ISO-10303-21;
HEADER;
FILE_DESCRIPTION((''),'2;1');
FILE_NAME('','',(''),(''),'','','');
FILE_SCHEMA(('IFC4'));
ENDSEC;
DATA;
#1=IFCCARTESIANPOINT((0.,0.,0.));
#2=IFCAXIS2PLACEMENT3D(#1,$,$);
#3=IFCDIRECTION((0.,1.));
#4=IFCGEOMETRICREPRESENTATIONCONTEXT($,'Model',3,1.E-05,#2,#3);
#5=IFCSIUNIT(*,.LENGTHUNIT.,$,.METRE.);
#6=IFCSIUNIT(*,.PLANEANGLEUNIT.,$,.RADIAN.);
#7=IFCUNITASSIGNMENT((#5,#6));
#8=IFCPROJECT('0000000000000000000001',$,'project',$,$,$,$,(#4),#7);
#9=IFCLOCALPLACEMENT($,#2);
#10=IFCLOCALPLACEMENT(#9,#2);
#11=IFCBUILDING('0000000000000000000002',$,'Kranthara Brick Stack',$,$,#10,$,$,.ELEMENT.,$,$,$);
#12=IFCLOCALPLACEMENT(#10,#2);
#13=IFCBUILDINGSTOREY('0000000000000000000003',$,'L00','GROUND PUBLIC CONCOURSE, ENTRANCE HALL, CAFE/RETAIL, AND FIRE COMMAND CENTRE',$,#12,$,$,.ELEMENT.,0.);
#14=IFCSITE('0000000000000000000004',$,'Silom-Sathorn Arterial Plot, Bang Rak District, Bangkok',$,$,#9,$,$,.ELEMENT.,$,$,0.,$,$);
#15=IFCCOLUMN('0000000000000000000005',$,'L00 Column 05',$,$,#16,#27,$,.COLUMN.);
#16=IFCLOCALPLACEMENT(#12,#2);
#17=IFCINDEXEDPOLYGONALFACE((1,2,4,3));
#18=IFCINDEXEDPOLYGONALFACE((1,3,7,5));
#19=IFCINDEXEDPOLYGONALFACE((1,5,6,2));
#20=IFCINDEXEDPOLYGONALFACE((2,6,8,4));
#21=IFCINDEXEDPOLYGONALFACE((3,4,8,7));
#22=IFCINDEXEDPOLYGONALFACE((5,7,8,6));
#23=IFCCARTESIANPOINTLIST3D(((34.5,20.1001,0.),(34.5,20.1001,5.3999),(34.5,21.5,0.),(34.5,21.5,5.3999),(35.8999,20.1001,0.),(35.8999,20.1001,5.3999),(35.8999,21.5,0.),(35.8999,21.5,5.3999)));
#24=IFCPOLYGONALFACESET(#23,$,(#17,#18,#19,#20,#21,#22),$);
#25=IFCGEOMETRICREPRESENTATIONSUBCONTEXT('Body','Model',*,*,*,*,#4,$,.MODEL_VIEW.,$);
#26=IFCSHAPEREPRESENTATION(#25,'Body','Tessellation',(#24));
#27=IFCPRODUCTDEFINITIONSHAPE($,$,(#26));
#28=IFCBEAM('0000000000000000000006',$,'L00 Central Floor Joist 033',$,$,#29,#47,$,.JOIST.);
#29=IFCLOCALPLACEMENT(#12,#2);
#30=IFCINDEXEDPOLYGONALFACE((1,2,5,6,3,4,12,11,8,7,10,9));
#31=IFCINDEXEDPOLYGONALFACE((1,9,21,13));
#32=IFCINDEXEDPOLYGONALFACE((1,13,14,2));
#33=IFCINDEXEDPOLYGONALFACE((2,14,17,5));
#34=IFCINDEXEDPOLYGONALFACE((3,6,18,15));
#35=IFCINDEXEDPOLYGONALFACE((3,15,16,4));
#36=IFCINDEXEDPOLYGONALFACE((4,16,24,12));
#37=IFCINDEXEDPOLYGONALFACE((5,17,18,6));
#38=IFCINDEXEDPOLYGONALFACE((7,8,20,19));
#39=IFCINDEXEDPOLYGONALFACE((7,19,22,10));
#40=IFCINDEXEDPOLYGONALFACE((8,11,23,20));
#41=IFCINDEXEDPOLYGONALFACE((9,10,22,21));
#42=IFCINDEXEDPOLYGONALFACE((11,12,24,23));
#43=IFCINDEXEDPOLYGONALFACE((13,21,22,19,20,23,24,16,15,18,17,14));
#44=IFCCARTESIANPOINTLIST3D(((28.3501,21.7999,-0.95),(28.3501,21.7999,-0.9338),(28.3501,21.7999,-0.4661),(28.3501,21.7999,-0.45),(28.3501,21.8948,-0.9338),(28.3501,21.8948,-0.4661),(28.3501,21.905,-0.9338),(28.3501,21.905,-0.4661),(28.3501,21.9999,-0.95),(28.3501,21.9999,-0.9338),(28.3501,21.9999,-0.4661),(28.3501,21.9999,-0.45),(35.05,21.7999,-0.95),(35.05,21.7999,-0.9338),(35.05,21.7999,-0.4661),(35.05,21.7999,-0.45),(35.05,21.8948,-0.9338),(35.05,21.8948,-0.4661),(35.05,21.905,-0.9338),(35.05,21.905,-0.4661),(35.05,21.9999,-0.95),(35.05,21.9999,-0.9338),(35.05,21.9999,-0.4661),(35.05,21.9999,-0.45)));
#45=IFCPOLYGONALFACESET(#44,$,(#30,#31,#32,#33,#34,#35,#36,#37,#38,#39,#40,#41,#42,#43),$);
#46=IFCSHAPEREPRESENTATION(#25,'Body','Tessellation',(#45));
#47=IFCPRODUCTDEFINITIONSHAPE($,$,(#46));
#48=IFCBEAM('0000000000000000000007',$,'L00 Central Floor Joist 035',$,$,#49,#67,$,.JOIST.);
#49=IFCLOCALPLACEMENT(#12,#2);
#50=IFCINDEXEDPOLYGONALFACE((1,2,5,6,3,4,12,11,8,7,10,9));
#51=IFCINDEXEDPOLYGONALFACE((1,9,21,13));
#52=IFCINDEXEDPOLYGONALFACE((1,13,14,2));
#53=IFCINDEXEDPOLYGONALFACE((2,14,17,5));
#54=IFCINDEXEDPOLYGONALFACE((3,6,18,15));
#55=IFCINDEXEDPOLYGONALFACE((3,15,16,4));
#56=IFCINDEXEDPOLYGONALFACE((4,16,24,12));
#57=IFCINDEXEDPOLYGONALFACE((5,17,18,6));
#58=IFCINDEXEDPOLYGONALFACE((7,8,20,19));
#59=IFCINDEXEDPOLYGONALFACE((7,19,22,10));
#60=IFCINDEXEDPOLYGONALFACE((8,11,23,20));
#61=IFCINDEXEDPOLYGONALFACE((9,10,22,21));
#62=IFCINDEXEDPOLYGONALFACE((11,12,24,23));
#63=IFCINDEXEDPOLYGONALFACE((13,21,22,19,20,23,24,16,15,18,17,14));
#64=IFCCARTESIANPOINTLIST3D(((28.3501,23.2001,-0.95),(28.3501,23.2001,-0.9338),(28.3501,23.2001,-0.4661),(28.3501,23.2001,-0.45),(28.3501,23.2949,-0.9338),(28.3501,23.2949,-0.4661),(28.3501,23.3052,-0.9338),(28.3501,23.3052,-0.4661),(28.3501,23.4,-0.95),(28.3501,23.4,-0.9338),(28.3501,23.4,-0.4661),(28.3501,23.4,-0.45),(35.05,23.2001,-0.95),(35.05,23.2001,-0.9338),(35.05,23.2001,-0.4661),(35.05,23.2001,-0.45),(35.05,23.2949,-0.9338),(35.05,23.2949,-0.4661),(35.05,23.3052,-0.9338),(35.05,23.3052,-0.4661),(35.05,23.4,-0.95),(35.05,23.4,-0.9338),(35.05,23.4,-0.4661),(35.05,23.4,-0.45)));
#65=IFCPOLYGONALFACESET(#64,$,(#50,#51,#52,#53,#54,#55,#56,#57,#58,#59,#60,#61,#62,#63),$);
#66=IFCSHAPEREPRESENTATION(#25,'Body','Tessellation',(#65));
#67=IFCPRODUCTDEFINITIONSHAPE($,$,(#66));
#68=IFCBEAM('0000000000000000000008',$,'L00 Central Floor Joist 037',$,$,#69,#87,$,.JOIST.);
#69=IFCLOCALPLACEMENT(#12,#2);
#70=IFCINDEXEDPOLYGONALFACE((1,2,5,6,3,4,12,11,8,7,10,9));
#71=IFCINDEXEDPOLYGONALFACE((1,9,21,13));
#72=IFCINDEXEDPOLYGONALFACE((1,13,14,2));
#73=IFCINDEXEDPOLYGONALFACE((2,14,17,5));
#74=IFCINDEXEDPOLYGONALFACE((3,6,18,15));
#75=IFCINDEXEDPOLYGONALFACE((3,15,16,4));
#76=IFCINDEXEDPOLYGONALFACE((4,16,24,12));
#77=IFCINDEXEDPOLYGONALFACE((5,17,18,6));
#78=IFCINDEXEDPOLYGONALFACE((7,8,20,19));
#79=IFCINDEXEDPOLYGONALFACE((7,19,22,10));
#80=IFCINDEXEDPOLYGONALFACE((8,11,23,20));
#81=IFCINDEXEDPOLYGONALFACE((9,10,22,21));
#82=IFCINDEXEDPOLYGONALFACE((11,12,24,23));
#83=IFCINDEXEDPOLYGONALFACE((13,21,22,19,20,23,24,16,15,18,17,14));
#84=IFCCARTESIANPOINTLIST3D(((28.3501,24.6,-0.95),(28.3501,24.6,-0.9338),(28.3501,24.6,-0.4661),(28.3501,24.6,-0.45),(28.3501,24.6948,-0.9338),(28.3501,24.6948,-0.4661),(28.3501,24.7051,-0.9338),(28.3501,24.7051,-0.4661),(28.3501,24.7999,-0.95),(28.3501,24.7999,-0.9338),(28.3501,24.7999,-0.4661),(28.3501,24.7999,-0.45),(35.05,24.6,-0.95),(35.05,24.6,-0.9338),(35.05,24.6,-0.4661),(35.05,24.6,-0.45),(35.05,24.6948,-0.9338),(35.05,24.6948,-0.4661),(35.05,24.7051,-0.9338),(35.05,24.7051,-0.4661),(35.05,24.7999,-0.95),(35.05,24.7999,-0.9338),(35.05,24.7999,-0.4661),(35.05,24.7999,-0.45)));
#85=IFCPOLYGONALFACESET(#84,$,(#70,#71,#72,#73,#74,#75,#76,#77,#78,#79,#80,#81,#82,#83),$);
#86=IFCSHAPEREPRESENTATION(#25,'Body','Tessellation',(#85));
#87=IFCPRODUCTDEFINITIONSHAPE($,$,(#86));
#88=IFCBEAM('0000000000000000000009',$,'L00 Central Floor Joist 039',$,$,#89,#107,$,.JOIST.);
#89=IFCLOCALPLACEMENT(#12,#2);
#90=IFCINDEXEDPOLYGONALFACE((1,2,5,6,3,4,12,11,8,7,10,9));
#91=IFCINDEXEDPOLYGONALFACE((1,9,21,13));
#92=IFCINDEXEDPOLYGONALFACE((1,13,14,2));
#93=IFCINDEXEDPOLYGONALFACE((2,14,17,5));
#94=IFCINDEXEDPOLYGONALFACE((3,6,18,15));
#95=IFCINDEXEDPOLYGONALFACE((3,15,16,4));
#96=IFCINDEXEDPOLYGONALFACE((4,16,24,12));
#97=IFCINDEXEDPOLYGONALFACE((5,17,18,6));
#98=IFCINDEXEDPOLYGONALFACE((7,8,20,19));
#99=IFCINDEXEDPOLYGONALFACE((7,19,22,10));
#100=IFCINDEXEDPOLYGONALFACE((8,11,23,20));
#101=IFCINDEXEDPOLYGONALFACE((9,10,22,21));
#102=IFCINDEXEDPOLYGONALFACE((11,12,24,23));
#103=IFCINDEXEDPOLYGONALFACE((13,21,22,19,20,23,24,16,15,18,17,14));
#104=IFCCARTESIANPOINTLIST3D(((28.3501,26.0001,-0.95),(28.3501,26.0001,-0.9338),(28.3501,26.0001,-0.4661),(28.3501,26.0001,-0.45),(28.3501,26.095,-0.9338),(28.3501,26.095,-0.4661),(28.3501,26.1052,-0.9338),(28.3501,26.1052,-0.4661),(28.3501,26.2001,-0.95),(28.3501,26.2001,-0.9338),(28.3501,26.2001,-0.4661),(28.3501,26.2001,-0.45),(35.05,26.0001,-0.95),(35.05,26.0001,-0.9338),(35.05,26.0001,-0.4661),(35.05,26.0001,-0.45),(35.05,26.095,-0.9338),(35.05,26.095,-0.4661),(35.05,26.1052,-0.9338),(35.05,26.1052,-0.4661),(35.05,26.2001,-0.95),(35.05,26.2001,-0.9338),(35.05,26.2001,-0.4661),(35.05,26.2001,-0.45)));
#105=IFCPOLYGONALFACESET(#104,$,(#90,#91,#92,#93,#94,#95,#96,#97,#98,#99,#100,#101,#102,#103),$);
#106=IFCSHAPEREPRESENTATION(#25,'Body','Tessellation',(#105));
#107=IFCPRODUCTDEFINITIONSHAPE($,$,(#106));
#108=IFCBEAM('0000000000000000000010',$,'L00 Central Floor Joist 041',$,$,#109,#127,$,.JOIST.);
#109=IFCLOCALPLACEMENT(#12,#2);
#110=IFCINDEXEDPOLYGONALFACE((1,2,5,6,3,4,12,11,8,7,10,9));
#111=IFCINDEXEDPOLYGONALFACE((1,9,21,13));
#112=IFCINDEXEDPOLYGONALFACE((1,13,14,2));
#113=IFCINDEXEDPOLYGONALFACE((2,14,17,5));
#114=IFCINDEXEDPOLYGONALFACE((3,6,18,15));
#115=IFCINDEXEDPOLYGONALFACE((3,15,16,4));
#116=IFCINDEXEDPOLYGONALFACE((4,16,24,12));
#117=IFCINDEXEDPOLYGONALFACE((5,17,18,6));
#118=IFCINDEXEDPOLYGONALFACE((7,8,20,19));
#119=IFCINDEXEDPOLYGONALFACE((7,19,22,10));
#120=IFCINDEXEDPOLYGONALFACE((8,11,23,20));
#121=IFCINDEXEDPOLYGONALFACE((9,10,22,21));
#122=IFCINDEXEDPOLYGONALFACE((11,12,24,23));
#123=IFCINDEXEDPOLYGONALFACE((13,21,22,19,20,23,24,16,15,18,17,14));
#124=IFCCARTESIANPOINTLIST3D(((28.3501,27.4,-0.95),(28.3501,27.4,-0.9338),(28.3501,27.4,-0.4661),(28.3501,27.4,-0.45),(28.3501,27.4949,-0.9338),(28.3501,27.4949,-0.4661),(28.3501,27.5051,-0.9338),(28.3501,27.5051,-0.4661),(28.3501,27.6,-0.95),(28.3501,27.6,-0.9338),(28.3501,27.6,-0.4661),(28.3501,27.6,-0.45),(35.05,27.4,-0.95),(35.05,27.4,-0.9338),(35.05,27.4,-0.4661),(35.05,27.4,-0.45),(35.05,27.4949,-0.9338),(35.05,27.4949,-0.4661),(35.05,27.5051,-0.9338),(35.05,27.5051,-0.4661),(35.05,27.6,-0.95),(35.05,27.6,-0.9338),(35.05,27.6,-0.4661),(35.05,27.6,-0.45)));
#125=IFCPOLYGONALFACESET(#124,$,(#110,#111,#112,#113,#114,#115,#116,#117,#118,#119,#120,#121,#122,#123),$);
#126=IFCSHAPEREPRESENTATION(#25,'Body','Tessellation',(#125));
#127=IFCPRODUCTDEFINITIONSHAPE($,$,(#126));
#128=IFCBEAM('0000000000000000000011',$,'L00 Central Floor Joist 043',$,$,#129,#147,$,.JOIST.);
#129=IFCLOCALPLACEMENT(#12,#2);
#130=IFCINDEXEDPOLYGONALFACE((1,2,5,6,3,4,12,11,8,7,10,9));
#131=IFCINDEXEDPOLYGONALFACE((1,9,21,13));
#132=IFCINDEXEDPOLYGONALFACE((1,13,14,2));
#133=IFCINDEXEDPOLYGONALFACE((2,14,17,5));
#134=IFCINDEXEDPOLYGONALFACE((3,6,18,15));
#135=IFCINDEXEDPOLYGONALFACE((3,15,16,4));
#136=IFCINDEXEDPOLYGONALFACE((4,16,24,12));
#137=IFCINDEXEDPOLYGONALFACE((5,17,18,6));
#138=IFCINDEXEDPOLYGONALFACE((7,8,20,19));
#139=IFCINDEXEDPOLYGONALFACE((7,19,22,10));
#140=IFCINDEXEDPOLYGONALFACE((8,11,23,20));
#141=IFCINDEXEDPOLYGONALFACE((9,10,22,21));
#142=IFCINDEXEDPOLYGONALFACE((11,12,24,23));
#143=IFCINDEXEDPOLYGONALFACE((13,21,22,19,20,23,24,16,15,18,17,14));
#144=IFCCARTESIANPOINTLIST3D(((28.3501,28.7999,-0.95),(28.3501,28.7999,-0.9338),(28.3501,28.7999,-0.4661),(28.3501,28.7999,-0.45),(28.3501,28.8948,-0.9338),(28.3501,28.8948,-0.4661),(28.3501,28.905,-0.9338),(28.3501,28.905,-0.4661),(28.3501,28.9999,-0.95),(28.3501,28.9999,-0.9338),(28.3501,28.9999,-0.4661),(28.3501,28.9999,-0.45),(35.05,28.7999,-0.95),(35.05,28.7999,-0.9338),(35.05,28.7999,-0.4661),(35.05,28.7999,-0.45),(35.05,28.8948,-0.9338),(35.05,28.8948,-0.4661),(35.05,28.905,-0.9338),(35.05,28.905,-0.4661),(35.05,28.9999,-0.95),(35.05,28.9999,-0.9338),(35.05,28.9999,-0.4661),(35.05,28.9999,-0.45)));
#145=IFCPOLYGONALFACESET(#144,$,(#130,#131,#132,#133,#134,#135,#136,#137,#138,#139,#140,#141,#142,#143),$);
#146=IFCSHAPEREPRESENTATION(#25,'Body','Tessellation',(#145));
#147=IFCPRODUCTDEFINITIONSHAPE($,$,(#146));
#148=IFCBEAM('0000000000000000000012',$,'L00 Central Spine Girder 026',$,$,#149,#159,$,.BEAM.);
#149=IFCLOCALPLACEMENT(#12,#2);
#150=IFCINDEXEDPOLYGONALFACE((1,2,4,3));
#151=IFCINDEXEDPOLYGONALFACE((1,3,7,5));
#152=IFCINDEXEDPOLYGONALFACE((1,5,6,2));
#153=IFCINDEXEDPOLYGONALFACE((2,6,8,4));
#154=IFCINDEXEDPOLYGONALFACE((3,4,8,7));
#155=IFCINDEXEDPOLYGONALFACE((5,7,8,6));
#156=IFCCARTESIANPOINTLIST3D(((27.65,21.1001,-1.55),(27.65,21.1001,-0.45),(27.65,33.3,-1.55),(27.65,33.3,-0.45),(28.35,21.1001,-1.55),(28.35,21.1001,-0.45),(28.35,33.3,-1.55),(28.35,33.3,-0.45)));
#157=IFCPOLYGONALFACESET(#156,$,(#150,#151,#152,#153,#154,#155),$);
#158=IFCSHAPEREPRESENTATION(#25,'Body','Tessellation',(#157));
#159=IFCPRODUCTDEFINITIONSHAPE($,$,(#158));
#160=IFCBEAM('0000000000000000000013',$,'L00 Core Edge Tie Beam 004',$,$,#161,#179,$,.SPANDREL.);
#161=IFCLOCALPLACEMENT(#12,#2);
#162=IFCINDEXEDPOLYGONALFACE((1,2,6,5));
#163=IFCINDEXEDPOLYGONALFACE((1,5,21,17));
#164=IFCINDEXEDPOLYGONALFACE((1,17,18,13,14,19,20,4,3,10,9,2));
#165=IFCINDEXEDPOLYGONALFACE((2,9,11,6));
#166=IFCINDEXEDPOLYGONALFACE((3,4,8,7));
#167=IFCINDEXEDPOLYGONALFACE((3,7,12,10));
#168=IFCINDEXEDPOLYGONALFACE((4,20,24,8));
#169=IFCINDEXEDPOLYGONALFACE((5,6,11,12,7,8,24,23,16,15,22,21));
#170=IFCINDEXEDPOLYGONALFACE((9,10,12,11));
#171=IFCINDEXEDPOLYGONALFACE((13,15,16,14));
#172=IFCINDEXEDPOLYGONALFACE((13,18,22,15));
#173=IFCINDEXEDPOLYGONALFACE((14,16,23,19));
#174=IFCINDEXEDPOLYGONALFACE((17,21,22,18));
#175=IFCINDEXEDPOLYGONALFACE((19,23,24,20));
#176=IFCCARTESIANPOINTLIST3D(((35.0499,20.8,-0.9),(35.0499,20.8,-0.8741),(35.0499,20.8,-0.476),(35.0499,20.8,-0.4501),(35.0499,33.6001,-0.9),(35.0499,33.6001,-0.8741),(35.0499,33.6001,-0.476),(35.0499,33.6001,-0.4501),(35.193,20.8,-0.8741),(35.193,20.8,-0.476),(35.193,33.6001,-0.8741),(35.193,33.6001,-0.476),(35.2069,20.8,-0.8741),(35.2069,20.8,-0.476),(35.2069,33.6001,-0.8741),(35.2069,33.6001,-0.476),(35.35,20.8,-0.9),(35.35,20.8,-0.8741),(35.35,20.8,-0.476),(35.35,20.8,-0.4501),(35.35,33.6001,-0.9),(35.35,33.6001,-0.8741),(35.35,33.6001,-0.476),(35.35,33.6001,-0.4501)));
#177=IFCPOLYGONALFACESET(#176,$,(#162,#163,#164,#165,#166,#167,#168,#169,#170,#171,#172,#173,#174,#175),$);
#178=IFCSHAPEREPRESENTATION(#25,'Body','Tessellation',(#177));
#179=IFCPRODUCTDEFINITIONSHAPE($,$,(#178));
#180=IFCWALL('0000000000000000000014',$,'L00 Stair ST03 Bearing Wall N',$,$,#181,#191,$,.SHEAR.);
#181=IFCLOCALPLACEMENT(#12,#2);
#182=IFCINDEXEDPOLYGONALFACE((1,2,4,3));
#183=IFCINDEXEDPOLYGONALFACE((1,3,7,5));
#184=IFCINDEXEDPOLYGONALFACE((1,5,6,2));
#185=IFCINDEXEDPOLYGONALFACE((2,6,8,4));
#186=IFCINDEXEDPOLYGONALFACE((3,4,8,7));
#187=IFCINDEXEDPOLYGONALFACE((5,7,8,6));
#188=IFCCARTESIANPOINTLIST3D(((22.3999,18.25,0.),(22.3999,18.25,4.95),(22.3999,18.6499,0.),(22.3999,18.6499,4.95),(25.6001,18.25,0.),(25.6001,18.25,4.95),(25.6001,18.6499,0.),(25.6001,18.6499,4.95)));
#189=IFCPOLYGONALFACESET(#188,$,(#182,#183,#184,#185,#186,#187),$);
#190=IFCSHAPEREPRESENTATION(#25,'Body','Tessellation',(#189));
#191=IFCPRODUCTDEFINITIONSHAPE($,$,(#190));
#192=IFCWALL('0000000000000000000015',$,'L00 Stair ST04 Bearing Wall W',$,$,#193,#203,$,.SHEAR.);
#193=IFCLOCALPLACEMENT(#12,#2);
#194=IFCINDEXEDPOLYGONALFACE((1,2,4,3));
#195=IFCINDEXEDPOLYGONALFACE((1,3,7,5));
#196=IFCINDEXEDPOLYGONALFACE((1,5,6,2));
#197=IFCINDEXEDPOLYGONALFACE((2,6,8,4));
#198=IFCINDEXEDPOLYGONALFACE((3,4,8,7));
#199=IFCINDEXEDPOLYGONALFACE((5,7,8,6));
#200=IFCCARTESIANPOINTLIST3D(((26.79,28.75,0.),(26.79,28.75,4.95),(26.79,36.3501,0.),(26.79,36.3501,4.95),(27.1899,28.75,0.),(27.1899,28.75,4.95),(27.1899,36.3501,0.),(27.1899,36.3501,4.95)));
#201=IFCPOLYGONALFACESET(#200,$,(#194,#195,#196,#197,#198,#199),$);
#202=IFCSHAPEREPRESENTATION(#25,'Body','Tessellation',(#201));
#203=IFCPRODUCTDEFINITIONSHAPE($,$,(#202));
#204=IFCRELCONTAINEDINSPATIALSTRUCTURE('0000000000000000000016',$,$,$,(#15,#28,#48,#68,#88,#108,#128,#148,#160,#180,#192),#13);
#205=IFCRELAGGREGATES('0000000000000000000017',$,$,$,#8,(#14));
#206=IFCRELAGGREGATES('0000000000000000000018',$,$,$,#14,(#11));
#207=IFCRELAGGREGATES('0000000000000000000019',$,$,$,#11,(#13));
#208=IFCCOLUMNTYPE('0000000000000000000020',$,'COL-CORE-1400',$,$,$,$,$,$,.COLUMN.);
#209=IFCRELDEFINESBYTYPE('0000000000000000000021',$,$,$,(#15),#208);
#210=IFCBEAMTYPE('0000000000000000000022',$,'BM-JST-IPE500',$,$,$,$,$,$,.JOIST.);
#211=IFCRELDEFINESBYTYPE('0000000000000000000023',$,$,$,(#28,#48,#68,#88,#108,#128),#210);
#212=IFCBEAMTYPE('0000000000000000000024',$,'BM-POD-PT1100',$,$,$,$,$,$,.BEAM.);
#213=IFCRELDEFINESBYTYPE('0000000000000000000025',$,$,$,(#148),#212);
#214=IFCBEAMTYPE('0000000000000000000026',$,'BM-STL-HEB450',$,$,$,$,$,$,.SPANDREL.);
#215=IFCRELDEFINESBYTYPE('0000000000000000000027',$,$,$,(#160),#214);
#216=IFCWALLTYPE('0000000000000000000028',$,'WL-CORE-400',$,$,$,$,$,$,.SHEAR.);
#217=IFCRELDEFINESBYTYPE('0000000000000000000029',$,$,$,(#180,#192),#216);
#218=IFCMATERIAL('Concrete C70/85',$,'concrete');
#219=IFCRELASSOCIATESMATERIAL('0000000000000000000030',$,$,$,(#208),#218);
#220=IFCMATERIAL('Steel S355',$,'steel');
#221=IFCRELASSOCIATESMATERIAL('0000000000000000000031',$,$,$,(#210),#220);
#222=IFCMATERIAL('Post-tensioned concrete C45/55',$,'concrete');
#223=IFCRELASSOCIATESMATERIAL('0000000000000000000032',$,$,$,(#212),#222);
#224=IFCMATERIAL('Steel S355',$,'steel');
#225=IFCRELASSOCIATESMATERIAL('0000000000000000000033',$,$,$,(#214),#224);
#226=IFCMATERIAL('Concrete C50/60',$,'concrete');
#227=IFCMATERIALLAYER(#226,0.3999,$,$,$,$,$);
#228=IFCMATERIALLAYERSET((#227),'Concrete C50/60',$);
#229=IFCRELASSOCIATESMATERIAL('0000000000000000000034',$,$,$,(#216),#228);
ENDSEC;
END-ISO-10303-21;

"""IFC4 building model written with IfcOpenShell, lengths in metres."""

from ifc_helpers import new_model, si_unit, direction, frame, frame_2d, origin, origin_2d, place, context, subcontext, project, spatial, rectangle, i_section, extrude, material, layer, layer_set, material_profile, profile_set, type_object, element, save


model = new_model("IFC4")

# Units and contexts
model_context = context("Model", 3, precision=1e-05, world=origin(), true_north=direction((0.0, 1.0)))
body_context = subcontext(model_context, "Body", "Model", "MODEL_VIEW")
ifc_project = project(units=[si_unit("LENGTHUNIT", "METRE"), si_unit("PLANEANGLEUNIT", "RADIAN")], contexts=[model_context])

# Site, building, storey
site_placement = place(None, origin())
site = spatial("IfcSite", under=ifc_project, at=site_placement, Name="Silom-Sathorn Arterial Plot, Bang Rak District, Bangkok", CompositionType="ELEMENT", RefElevation=0.0)
building_placement = place(site_placement, origin())
building = spatial("IfcBuilding", under=site, at=building_placement, Name="Kranthara Brick Stack", CompositionType="ELEMENT")
storey_placement = place(building_placement, origin())
storey = spatial("IfcBuildingStorey", under=building, at=storey_placement, Name="L00", Description="GROUND PUBLIC CONCOURSE, ENTRANCE HALL, CAFE/RETAIL, AND FIRE COMMAND CENTRE", CompositionType="ELEMENT", Elevation=0.0)

# Column
ifc_material_1 = material(Name="Concrete C70/85", Category="concrete")
ifc_material_profile_1 = material_profile(ifc_material_1, rectangle(XDim=1.3999, YDim=1.3999, at=origin_2d()), Name="RC 1400x1400")
ifc_profile_set_1 = profile_set([ifc_material_profile_1], Name="Concrete C70/85")
column_type = type_object("IfcColumnType", Name="COL-CORE-1400", PredefinedType="COLUMN", material=ifc_profile_set_1)
column_placement = place(storey_placement, frame((35.2, 20.8, 0.0), z_axis=(0.0, 0.0, 1.0), x_axis=(1.0, 0.0, 0.0)))
element("IfcColumn", 1, at=column_placement, inside=storey, type_object=column_type, Name="L00 Column 05", PredefinedType="COLUMN", context=body_context, shape_type="SweptSolid", body=[
    extrude(rectangle(XDim=1.3999, YDim=1.3999, at=origin_2d()), origin(), (0.0, 0.0, 1.0), 5.3999),
])

# Beams
ifc_material_2 = material(Name="Steel S355", Category="steel")
ifc_material_profile_2 = material_profile(ifc_material_2, i_section(OverallWidth=0.2, OverallDepth=0.5, WebThickness=0.0103, FlangeThickness=0.0161, at=origin_2d()), Name="IPE 500")
ifc_profile_set_2 = profile_set([ifc_material_profile_2], Name="Steel S355")
beam_type_1 = type_object("IfcBeamType", Name="BM-JST-IPE500", PredefinedType="JOIST", material=ifc_profile_set_2)
for number, where, z_axis, x_axis, name in (
    (2, (28.3501, 21.8999, -0.7), (1.0, 0.0, 0.0), (0.0, 1.0, 0.0), "L00 Central Floor Joist 033"),
    (3, (28.3501, 23.3, -0.7), (1.0, 0.0, 0.0), (0.0, 1.0, 0.0), "L00 Central Floor Joist 035"),
    (4, (28.3501, 24.7, -0.7), (1.0, 0.0, 0.0), (0.0, 1.0, 0.0), "L00 Central Floor Joist 037"),
    (5, (28.3501, 26.1001, -0.7), (1.0, 0.0, 0.0), (0.0, 1.0, 0.0), "L00 Central Floor Joist 039"),
    (6, (28.3501, 27.5, -0.7), (1.0, 0.0, 0.0), (0.0, 1.0, 0.0), "L00 Central Floor Joist 041"),
    (7, (28.3501, 28.8999, -0.7), (1.0, 0.0, 0.0), (0.0, 1.0, 0.0), "L00 Central Floor Joist 043"),
):
    element("IfcBeam", number, at=place(storey_placement, frame(where, z_axis=z_axis, x_axis=x_axis)), inside=storey, type_object=beam_type_1, Name=name, PredefinedType="JOIST", context=body_context, shape_type="SweptSolid", body=[
        extrude(i_section(OverallWidth=0.2, OverallDepth=0.5, WebThickness=0.0103, FlangeThickness=0.0161, at=origin_2d()), origin(), (0.0, 0.0, 1.0), 6.7),
    ])
ifc_material_3 = material(Name="Post-tensioned concrete C45/55", Category="concrete")
ifc_material_profile_3 = material_profile(ifc_material_3, rectangle(XDim=0.7, YDim=1.1001, at=origin_2d()), Name="PT 700x1100")
ifc_profile_set_3 = profile_set([ifc_material_profile_3], Name="Post-tensioned concrete C45/55")
beam_type_2 = type_object("IfcBeamType", Name="BM-POD-PT1100", PredefinedType="BEAM", material=ifc_profile_set_3)
beam_1_placement = place(storey_placement, frame((28.0, 21.1001, -1.0), z_axis=(0.0, 1.0, 0.0), x_axis=(-1.0, 0.0, 0.0)))
element("IfcBeam", 8, at=beam_1_placement, inside=storey, type_object=beam_type_2, Name="L00 Central Spine Girder 026", PredefinedType="BEAM", context=body_context, shape_type="SweptSolid", body=[
    extrude(rectangle(XDim=0.7, YDim=1.1001, at=origin_2d()), origin(), (0.0, 0.0, 1.0), 12.2),
])
ifc_material_4 = material(Name="Steel S355", Category="steel")
ifc_material_profile_4 = material_profile(ifc_material_4, i_section(OverallWidth=0.3, OverallDepth=0.45, WebThickness=0.0139, FlangeThickness=0.0259, at=origin_2d()), Name="HEB 450")
ifc_profile_set_4 = profile_set([ifc_material_profile_4], Name="Steel S355")
beam_type_3 = type_object("IfcBeamType", Name="BM-STL-HEB450", PredefinedType="SPANDREL", material=ifc_profile_set_4)
beam_2_placement = place(storey_placement, frame((35.2, 20.8, -0.675), z_axis=(0.0, 1.0, 0.0), x_axis=(-1.0, 0.0, 0.0)))
element("IfcBeam", 9, at=beam_2_placement, inside=storey, type_object=beam_type_3, Name="L00 Core Edge Tie Beam 004", PredefinedType="SPANDREL", context=body_context, shape_type="SweptSolid", body=[
    extrude(i_section(OverallWidth=0.3, OverallDepth=0.45, WebThickness=0.0139, FlangeThickness=0.0259, at=origin_2d()), origin(), (0.0, 0.0, 1.0), 12.8),
])

# Walls
ifc_material_5 = material(Name="Concrete C50/60", Category="concrete")
ifc_layer_1 = layer(ifc_material_5, 0.3999)
ifc_layer_set_1 = layer_set([ifc_layer_1], Name="Concrete C50/60")
wall_type_1 = type_object("IfcWallType", Name="WL-CORE-400", PredefinedType="SHEAR", material=ifc_layer_set_1)
wall_1_placement = place(storey_placement, frame((22.3999, 18.45, 0.0), z_axis=(0.0, 0.0, 1.0), x_axis=(1.0, 0.0, 0.0)))
element("IfcWall", 10, at=wall_1_placement, inside=storey, type_object=wall_type_1, Name="L00 Stair ST03 Bearing Wall N", PredefinedType="SHEAR", context=body_context, shape_type="SweptSolid", body=[
    extrude(rectangle(XDim=3.2002, YDim=0.3999, at=frame_2d((1.6001, 0.0))), origin(), (0.0, 0.0, 1.0), 4.95),
])
wall_2_placement = place(storey_placement, frame((26.99, 28.75, 0.0), z_axis=(0.0, 0.0, 1.0), x_axis=(0.0, 1.0, 0.0)))
element("IfcWall", 11, at=wall_2_placement, inside=storey, type_object=wall_type_1, Name="L00 Stair ST04 Bearing Wall W", PredefinedType="SHEAR", context=body_context, shape_type="SweptSolid", body=[
    extrude(rectangle(XDim=7.6001, YDim=0.3999, at=frame_2d((3.8, 0.0))), origin(), (0.0, 0.0, 1.0), 4.95),
])

save(model, "model.ifc")
